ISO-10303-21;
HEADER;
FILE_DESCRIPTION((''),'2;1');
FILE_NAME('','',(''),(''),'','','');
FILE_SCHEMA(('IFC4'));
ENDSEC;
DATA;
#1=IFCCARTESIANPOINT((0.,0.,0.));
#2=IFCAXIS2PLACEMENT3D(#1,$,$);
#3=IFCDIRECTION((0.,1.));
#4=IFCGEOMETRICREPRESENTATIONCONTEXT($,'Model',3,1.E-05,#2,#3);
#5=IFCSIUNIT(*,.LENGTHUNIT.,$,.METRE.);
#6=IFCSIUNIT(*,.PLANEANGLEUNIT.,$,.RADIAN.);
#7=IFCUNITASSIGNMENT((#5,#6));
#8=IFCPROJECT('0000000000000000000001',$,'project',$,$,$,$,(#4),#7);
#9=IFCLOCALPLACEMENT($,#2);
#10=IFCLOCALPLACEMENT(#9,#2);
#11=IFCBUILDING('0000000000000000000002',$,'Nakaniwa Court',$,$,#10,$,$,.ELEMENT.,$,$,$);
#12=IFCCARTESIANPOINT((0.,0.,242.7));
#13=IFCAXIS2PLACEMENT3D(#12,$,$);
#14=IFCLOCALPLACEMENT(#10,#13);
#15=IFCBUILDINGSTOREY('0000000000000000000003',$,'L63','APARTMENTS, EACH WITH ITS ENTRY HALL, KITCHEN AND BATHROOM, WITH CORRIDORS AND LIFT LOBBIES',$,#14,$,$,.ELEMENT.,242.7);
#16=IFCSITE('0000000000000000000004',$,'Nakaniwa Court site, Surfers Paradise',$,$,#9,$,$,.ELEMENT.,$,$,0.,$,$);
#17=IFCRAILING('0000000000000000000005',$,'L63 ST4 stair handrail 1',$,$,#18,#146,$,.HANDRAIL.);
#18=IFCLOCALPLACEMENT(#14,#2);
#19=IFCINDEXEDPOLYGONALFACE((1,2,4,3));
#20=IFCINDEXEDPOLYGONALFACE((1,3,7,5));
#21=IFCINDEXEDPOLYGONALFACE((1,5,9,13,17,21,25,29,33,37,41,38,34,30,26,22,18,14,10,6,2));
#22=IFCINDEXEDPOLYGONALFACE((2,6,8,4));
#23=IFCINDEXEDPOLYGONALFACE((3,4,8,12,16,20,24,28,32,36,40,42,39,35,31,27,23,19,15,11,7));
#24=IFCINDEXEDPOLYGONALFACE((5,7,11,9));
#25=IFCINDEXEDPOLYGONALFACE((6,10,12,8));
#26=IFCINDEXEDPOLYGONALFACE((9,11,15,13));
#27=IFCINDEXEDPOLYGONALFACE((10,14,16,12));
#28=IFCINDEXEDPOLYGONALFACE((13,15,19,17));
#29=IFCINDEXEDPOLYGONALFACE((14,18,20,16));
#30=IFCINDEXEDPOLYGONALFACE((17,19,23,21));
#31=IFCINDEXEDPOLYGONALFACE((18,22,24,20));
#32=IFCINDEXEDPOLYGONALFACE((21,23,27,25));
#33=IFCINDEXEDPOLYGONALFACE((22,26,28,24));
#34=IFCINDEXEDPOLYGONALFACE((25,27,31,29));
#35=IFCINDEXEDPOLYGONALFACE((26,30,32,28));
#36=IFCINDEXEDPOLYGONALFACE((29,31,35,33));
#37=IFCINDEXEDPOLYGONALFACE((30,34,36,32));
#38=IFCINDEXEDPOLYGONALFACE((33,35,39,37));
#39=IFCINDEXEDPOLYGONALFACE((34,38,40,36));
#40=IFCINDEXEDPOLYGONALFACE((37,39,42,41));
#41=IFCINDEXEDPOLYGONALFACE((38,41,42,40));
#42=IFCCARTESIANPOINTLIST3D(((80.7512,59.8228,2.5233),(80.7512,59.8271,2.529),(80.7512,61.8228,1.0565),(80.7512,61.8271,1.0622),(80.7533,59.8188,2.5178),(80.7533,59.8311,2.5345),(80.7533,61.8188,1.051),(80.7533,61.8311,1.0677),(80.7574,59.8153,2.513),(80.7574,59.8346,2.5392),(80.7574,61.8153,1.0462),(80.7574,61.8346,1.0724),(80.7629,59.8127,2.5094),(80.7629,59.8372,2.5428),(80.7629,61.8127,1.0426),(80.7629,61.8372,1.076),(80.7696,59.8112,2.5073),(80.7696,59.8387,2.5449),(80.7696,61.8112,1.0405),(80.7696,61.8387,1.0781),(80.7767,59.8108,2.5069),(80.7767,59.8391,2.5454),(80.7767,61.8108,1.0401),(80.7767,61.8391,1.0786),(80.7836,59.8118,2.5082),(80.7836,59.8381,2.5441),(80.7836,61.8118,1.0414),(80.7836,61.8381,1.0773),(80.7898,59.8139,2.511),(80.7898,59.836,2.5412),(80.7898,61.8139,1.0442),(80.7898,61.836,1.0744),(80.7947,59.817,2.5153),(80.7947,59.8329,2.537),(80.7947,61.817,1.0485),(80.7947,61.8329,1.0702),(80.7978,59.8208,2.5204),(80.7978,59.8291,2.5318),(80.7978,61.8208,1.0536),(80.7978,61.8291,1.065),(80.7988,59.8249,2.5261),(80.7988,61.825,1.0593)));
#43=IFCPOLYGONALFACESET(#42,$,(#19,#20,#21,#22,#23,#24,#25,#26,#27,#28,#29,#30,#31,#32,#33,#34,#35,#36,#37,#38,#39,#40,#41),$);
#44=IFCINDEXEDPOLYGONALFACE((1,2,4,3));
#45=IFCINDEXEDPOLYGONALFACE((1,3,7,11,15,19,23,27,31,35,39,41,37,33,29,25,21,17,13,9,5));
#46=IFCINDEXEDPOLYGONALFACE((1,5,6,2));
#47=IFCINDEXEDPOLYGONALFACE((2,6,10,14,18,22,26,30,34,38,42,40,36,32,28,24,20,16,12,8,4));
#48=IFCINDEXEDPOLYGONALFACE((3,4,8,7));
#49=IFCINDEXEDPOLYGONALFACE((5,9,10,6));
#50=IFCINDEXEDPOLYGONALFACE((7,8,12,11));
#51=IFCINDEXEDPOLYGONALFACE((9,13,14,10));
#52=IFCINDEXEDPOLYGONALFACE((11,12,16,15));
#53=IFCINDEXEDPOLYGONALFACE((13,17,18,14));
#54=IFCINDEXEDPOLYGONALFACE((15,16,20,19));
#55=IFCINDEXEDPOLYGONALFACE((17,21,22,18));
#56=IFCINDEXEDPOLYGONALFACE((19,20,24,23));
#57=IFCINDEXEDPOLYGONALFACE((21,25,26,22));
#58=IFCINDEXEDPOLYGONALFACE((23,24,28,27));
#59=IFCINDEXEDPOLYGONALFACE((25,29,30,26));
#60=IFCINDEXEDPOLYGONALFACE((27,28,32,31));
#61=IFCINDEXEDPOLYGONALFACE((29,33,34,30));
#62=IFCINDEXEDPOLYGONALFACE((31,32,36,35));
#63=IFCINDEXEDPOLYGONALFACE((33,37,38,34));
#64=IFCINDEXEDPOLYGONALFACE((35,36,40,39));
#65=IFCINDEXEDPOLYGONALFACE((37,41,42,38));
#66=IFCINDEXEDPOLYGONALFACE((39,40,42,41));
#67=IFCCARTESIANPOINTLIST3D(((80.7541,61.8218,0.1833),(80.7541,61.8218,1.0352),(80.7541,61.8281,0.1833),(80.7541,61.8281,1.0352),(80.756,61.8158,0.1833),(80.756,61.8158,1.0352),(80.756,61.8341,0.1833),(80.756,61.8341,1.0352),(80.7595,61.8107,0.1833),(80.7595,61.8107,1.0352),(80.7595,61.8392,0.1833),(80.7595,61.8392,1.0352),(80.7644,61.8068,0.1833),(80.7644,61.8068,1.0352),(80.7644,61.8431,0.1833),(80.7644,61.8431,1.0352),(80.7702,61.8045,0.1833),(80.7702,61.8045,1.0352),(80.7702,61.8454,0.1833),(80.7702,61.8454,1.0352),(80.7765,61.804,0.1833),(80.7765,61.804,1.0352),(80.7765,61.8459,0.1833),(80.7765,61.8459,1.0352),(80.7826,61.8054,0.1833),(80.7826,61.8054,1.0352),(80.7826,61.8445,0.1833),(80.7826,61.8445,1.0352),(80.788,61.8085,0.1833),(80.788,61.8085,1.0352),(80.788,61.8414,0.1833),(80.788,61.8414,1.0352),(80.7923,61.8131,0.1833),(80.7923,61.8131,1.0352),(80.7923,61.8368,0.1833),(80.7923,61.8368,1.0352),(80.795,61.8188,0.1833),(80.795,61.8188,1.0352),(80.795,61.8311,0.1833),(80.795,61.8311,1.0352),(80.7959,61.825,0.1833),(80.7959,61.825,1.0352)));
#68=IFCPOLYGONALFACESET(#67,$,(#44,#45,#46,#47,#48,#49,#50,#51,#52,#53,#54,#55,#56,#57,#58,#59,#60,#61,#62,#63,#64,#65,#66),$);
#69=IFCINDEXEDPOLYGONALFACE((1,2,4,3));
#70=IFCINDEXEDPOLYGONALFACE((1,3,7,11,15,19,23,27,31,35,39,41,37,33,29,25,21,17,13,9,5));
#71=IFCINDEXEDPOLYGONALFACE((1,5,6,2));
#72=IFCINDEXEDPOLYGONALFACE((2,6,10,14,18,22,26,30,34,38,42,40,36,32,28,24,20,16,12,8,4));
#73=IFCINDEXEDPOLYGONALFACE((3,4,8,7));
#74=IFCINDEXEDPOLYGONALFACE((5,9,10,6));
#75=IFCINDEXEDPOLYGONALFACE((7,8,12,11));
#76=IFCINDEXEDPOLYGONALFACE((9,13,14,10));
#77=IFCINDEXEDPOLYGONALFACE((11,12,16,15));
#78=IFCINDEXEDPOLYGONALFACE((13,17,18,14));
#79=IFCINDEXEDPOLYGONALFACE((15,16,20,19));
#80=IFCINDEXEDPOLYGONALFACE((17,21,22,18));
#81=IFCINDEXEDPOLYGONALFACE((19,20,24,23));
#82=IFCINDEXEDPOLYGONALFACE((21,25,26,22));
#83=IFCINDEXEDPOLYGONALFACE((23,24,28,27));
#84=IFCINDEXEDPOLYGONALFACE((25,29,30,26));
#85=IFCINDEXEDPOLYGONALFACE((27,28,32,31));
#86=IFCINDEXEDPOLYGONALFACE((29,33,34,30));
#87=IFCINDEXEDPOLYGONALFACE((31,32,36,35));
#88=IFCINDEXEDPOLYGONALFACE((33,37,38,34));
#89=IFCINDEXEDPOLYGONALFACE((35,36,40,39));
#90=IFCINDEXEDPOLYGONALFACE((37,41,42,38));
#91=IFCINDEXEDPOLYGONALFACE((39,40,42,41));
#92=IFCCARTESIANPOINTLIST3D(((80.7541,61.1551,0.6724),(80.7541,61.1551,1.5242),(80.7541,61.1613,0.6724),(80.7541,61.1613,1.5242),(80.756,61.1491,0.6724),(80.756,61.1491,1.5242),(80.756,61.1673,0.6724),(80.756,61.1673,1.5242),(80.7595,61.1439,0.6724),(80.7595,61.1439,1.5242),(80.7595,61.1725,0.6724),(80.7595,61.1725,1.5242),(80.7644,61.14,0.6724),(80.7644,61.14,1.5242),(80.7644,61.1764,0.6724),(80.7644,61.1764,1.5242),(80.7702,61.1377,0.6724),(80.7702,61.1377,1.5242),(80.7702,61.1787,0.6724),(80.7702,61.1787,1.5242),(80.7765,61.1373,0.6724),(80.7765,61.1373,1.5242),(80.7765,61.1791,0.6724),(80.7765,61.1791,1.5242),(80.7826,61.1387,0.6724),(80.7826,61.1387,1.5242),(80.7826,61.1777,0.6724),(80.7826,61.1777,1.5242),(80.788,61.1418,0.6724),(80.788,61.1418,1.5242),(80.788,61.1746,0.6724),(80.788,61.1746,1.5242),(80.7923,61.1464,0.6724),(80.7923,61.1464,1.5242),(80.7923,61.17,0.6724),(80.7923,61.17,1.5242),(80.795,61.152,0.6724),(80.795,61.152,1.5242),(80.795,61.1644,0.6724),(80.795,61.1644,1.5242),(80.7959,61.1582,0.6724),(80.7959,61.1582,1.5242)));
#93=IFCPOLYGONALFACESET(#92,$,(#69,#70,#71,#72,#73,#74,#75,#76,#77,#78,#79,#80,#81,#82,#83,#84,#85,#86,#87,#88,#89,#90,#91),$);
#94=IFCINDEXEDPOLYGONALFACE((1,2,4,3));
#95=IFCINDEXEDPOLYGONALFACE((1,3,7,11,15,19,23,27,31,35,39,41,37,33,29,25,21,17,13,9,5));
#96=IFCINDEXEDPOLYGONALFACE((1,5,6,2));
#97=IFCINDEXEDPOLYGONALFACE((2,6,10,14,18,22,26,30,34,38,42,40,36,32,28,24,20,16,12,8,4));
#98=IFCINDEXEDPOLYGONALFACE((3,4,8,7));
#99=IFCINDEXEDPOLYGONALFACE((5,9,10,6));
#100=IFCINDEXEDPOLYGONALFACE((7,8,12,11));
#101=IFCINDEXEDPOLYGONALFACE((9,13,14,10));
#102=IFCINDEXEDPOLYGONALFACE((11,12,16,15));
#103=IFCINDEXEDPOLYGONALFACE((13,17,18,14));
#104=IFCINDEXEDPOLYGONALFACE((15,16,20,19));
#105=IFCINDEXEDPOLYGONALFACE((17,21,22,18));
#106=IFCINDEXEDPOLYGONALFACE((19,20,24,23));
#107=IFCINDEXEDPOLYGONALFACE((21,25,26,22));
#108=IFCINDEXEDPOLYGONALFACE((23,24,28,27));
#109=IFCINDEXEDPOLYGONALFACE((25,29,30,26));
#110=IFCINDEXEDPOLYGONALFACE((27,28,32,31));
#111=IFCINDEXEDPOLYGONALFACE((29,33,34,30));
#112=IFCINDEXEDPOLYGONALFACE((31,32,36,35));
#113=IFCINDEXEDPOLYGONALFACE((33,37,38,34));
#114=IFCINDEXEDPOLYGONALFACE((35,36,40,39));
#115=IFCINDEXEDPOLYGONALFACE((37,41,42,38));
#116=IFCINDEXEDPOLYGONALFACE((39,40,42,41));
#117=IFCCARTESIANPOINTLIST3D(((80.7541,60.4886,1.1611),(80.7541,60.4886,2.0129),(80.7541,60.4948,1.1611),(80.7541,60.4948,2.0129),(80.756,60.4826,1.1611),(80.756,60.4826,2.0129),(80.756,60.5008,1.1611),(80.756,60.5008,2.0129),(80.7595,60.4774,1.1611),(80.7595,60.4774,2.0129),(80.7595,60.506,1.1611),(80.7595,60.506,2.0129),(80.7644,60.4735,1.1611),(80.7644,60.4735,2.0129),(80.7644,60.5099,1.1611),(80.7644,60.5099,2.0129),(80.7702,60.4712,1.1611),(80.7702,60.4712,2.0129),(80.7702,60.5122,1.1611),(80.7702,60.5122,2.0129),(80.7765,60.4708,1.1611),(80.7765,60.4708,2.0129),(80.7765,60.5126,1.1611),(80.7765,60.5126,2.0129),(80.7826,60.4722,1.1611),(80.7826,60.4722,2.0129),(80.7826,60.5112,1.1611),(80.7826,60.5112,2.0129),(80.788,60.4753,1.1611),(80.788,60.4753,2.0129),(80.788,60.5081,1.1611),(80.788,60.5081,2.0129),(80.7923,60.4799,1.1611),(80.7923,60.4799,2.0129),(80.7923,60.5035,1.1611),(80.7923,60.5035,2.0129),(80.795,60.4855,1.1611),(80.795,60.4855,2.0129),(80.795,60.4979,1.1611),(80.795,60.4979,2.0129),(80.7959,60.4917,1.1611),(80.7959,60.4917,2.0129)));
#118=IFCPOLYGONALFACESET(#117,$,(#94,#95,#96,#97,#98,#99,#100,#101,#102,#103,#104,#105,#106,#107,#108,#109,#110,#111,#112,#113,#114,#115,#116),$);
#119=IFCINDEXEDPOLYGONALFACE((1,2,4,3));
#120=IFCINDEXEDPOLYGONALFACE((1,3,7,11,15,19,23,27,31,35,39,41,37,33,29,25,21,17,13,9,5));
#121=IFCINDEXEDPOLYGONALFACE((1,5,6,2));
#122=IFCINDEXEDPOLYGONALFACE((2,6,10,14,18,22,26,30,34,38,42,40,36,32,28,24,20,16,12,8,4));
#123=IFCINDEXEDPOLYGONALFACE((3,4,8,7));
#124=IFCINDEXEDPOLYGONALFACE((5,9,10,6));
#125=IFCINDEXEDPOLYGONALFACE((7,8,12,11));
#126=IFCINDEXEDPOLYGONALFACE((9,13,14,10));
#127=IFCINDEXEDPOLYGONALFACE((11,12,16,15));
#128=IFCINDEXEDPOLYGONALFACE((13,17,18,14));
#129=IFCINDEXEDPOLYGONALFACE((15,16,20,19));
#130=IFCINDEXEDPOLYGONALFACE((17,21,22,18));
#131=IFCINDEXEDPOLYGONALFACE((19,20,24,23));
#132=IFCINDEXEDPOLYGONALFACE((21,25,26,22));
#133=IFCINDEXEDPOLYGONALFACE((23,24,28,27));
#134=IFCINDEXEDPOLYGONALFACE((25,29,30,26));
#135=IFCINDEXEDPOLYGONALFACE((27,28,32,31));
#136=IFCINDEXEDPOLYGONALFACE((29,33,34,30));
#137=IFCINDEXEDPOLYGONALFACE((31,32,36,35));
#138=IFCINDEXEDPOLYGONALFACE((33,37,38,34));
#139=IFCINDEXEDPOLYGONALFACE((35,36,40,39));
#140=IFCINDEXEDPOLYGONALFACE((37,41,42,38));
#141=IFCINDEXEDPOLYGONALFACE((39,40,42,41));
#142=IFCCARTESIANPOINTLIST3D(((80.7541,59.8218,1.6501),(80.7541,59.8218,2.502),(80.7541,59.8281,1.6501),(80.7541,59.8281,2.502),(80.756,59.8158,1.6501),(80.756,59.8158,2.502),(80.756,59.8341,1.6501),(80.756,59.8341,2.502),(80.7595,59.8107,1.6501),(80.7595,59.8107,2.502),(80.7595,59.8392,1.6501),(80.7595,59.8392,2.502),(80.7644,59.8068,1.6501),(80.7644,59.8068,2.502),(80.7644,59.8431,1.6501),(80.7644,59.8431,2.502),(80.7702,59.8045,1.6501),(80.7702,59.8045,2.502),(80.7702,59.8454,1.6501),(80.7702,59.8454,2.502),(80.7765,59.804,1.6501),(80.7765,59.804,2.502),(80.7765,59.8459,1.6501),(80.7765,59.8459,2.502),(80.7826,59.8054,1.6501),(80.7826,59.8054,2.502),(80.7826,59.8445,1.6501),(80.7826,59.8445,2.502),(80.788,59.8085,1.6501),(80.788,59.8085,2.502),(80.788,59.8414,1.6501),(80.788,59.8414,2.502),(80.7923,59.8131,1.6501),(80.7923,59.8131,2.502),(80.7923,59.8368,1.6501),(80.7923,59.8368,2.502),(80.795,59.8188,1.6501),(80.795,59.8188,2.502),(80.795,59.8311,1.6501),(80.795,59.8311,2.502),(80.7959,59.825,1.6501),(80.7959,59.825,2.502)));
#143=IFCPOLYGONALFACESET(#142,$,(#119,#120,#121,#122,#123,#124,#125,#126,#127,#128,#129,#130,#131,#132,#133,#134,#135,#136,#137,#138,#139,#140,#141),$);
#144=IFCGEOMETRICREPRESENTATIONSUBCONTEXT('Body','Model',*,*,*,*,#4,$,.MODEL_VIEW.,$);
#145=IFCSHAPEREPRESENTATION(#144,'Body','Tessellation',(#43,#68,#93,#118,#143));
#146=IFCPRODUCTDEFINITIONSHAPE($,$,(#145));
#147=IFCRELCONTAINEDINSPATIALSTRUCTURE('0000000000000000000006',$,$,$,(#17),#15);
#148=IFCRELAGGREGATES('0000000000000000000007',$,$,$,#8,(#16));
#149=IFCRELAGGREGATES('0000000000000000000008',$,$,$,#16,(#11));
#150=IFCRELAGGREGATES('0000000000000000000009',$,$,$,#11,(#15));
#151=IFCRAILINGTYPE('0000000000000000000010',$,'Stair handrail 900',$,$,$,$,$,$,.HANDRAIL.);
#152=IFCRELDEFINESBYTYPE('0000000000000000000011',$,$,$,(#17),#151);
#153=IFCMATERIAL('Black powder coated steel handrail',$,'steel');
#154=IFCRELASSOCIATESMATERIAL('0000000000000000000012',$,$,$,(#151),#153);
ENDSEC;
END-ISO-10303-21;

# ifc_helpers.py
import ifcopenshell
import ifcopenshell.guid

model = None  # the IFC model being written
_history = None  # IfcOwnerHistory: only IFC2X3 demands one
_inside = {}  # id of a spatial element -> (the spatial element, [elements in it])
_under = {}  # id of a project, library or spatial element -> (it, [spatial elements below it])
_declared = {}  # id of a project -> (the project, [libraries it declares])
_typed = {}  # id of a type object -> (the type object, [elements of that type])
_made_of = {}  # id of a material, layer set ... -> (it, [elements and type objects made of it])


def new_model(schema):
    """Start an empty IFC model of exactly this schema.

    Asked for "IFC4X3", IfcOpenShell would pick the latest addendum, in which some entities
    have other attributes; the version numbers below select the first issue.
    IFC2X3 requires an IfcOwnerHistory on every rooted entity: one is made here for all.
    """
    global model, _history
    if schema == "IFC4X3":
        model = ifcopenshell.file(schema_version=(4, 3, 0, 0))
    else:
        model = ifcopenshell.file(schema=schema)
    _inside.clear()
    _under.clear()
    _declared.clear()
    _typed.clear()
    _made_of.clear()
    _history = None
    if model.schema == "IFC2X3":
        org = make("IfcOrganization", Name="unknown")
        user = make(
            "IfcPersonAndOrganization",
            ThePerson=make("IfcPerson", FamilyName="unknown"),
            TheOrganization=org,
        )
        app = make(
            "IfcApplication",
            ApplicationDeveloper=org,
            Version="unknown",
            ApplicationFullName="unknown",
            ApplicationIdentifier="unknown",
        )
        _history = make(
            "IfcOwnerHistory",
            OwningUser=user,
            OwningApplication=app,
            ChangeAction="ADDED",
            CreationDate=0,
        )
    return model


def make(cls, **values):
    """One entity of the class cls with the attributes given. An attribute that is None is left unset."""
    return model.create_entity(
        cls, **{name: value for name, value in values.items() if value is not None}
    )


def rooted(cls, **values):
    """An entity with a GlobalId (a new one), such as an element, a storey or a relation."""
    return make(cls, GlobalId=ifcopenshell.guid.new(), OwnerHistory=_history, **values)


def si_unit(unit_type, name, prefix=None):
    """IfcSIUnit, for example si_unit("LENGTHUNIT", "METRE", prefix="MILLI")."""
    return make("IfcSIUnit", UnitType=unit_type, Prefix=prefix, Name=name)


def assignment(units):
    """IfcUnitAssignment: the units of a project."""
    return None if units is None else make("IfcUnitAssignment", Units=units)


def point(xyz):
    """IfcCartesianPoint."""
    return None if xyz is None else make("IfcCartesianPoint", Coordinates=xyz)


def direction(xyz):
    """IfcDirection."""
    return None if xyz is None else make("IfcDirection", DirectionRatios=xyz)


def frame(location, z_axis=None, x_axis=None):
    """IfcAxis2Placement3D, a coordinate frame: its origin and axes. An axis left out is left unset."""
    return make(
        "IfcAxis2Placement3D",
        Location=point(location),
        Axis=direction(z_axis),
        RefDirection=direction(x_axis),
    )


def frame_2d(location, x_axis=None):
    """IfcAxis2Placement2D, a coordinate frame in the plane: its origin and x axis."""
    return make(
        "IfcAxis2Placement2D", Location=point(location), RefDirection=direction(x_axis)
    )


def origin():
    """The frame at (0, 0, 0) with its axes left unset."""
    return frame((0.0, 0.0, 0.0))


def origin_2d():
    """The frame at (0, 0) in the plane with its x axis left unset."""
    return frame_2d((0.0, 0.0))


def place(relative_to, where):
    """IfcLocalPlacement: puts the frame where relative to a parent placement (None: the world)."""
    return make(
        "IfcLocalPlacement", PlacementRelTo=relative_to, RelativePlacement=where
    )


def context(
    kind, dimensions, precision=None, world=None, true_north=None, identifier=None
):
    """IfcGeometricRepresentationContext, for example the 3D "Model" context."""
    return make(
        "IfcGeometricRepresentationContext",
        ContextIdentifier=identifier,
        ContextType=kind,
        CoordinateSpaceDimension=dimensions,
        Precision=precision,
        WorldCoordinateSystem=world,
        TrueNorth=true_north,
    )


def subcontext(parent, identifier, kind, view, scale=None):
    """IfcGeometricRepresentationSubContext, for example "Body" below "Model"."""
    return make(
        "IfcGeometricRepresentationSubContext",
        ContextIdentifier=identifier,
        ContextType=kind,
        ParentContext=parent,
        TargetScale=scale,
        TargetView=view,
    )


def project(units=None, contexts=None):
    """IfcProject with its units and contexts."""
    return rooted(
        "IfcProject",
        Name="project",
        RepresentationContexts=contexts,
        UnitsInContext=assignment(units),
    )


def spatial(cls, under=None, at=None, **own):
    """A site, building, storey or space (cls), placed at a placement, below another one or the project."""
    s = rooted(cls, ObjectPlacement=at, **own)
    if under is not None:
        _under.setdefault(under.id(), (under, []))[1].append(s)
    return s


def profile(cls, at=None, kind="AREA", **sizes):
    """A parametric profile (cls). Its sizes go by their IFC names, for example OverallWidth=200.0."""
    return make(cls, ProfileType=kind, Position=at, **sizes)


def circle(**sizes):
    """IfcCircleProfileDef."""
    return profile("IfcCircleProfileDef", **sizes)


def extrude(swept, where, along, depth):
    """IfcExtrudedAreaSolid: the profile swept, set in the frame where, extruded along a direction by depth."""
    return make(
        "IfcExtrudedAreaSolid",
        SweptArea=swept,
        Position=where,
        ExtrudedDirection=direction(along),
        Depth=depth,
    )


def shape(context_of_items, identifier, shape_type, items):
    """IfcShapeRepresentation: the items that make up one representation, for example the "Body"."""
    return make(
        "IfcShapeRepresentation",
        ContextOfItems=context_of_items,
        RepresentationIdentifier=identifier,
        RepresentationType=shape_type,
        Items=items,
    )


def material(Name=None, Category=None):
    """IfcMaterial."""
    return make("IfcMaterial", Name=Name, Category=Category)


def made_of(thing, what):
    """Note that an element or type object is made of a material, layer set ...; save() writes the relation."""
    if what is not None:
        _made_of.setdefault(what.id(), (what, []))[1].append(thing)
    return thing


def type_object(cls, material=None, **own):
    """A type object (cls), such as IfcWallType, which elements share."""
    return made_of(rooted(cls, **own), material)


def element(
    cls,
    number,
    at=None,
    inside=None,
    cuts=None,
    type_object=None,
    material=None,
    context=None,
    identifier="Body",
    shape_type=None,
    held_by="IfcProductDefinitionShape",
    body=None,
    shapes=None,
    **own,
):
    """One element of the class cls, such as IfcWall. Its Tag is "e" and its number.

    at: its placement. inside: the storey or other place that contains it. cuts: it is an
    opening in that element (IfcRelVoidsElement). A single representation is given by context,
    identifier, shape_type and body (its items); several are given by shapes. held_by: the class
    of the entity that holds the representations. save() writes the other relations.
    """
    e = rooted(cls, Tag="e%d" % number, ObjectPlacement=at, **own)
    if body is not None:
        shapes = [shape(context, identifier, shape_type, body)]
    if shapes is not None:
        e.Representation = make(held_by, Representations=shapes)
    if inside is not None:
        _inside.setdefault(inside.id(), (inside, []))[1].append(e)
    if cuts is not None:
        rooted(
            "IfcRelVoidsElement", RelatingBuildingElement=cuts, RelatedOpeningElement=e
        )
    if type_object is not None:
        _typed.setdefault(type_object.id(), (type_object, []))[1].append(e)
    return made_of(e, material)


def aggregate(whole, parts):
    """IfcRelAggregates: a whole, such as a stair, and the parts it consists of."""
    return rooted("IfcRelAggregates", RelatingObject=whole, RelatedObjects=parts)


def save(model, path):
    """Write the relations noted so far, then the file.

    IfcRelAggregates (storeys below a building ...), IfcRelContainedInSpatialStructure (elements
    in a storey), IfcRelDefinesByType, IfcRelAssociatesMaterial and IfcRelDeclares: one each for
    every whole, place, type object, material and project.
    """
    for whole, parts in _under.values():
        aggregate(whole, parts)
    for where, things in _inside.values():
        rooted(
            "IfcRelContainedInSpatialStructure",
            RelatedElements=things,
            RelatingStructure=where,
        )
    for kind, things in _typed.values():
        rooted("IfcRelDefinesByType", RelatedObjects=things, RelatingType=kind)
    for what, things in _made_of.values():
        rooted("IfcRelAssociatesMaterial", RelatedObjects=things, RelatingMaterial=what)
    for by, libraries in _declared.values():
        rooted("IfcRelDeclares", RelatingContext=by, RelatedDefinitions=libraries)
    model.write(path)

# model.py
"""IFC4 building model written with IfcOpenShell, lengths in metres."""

from ifc_helpers import new_model, si_unit, direction, frame, origin, origin_2d, place, context, subcontext, project, spatial, circle, extrude, material, type_object, element, save


model = new_model("IFC4")

# Units and contexts
model_context = context("Model", 3, precision=1e-05, world=origin(), true_north=direction((0.0, 1.0)))
body_context = subcontext(model_context, "Body", "Model", "MODEL_VIEW")
ifc_project = project(units=[si_unit("LENGTHUNIT", "METRE"), si_unit("PLANEANGLEUNIT", "RADIAN")], contexts=[model_context])

# Site, building, storey
site_placement = place(None, origin())
site = spatial("IfcSite", under=ifc_project, at=site_placement, Name="Nakaniwa Court site, Surfers Paradise", CompositionType="ELEMENT", RefElevation=0.0)
building_placement = place(site_placement, origin())
building = spatial("IfcBuilding", under=site, at=building_placement, Name="Nakaniwa Court", CompositionType="ELEMENT")
storey_placement = place(building_placement, frame((0.0, 0.0, 242.7)))
storey = spatial("IfcBuildingStorey", under=building, at=storey_placement, Name="L63", Description="APARTMENTS, EACH WITH ITS ENTRY HALL, KITCHEN AND BATHROOM, WITH CORRIDORS AND LIFT LOBBIES", CompositionType="ELEMENT", Elevation=242.7)

# Railing
ifc_material_1 = material(Name="Black powder coated steel handrail", Category="steel")
railing_type_1 = type_object("IfcRailingType", Name="Stair handrail 900", PredefinedType="HANDRAIL", material=ifc_material_1)
railing_1_placement = place(storey_placement, frame((80.7749, 61.825, 0.1833)))
element("IfcRailing", 1, at=railing_1_placement, inside=storey, type_object=railing_type_1, Name="L63 ST4 stair handrail 1", PredefinedType="HANDRAIL", context=body_context, shape_type="SweptSolid", body=[
    extrude(circle(Radius=0.0239, at=origin_2d()), frame((0.0, 0.0, 0.876), z_axis=(0.0, -0.80638, 0.591398), x_axis=(1.0, 0.0, 0.0)), (0.0, 0.0, 1.0), 2.4802),
    extrude(circle(Radius=0.021, at=origin_2d()), origin(), (0.0, 0.0, 1.0), 0.8518),
    extrude(circle(Radius=0.021, at=origin_2d()), frame((0.0, -0.6667, 0.489)), (0.0, 0.0, 1.0), 0.8518),
    extrude(circle(Radius=0.021, at=origin_2d()), frame((0.0, -1.3333, 0.9778)), (0.0, 0.0, 1.0), 0.8518),
    extrude(circle(Radius=0.021, at=origin_2d()), frame((0.0, -2.0, 1.4668)), (0.0, 0.0, 1.0), 0.8518),
])

save(model, "model.ifc")
